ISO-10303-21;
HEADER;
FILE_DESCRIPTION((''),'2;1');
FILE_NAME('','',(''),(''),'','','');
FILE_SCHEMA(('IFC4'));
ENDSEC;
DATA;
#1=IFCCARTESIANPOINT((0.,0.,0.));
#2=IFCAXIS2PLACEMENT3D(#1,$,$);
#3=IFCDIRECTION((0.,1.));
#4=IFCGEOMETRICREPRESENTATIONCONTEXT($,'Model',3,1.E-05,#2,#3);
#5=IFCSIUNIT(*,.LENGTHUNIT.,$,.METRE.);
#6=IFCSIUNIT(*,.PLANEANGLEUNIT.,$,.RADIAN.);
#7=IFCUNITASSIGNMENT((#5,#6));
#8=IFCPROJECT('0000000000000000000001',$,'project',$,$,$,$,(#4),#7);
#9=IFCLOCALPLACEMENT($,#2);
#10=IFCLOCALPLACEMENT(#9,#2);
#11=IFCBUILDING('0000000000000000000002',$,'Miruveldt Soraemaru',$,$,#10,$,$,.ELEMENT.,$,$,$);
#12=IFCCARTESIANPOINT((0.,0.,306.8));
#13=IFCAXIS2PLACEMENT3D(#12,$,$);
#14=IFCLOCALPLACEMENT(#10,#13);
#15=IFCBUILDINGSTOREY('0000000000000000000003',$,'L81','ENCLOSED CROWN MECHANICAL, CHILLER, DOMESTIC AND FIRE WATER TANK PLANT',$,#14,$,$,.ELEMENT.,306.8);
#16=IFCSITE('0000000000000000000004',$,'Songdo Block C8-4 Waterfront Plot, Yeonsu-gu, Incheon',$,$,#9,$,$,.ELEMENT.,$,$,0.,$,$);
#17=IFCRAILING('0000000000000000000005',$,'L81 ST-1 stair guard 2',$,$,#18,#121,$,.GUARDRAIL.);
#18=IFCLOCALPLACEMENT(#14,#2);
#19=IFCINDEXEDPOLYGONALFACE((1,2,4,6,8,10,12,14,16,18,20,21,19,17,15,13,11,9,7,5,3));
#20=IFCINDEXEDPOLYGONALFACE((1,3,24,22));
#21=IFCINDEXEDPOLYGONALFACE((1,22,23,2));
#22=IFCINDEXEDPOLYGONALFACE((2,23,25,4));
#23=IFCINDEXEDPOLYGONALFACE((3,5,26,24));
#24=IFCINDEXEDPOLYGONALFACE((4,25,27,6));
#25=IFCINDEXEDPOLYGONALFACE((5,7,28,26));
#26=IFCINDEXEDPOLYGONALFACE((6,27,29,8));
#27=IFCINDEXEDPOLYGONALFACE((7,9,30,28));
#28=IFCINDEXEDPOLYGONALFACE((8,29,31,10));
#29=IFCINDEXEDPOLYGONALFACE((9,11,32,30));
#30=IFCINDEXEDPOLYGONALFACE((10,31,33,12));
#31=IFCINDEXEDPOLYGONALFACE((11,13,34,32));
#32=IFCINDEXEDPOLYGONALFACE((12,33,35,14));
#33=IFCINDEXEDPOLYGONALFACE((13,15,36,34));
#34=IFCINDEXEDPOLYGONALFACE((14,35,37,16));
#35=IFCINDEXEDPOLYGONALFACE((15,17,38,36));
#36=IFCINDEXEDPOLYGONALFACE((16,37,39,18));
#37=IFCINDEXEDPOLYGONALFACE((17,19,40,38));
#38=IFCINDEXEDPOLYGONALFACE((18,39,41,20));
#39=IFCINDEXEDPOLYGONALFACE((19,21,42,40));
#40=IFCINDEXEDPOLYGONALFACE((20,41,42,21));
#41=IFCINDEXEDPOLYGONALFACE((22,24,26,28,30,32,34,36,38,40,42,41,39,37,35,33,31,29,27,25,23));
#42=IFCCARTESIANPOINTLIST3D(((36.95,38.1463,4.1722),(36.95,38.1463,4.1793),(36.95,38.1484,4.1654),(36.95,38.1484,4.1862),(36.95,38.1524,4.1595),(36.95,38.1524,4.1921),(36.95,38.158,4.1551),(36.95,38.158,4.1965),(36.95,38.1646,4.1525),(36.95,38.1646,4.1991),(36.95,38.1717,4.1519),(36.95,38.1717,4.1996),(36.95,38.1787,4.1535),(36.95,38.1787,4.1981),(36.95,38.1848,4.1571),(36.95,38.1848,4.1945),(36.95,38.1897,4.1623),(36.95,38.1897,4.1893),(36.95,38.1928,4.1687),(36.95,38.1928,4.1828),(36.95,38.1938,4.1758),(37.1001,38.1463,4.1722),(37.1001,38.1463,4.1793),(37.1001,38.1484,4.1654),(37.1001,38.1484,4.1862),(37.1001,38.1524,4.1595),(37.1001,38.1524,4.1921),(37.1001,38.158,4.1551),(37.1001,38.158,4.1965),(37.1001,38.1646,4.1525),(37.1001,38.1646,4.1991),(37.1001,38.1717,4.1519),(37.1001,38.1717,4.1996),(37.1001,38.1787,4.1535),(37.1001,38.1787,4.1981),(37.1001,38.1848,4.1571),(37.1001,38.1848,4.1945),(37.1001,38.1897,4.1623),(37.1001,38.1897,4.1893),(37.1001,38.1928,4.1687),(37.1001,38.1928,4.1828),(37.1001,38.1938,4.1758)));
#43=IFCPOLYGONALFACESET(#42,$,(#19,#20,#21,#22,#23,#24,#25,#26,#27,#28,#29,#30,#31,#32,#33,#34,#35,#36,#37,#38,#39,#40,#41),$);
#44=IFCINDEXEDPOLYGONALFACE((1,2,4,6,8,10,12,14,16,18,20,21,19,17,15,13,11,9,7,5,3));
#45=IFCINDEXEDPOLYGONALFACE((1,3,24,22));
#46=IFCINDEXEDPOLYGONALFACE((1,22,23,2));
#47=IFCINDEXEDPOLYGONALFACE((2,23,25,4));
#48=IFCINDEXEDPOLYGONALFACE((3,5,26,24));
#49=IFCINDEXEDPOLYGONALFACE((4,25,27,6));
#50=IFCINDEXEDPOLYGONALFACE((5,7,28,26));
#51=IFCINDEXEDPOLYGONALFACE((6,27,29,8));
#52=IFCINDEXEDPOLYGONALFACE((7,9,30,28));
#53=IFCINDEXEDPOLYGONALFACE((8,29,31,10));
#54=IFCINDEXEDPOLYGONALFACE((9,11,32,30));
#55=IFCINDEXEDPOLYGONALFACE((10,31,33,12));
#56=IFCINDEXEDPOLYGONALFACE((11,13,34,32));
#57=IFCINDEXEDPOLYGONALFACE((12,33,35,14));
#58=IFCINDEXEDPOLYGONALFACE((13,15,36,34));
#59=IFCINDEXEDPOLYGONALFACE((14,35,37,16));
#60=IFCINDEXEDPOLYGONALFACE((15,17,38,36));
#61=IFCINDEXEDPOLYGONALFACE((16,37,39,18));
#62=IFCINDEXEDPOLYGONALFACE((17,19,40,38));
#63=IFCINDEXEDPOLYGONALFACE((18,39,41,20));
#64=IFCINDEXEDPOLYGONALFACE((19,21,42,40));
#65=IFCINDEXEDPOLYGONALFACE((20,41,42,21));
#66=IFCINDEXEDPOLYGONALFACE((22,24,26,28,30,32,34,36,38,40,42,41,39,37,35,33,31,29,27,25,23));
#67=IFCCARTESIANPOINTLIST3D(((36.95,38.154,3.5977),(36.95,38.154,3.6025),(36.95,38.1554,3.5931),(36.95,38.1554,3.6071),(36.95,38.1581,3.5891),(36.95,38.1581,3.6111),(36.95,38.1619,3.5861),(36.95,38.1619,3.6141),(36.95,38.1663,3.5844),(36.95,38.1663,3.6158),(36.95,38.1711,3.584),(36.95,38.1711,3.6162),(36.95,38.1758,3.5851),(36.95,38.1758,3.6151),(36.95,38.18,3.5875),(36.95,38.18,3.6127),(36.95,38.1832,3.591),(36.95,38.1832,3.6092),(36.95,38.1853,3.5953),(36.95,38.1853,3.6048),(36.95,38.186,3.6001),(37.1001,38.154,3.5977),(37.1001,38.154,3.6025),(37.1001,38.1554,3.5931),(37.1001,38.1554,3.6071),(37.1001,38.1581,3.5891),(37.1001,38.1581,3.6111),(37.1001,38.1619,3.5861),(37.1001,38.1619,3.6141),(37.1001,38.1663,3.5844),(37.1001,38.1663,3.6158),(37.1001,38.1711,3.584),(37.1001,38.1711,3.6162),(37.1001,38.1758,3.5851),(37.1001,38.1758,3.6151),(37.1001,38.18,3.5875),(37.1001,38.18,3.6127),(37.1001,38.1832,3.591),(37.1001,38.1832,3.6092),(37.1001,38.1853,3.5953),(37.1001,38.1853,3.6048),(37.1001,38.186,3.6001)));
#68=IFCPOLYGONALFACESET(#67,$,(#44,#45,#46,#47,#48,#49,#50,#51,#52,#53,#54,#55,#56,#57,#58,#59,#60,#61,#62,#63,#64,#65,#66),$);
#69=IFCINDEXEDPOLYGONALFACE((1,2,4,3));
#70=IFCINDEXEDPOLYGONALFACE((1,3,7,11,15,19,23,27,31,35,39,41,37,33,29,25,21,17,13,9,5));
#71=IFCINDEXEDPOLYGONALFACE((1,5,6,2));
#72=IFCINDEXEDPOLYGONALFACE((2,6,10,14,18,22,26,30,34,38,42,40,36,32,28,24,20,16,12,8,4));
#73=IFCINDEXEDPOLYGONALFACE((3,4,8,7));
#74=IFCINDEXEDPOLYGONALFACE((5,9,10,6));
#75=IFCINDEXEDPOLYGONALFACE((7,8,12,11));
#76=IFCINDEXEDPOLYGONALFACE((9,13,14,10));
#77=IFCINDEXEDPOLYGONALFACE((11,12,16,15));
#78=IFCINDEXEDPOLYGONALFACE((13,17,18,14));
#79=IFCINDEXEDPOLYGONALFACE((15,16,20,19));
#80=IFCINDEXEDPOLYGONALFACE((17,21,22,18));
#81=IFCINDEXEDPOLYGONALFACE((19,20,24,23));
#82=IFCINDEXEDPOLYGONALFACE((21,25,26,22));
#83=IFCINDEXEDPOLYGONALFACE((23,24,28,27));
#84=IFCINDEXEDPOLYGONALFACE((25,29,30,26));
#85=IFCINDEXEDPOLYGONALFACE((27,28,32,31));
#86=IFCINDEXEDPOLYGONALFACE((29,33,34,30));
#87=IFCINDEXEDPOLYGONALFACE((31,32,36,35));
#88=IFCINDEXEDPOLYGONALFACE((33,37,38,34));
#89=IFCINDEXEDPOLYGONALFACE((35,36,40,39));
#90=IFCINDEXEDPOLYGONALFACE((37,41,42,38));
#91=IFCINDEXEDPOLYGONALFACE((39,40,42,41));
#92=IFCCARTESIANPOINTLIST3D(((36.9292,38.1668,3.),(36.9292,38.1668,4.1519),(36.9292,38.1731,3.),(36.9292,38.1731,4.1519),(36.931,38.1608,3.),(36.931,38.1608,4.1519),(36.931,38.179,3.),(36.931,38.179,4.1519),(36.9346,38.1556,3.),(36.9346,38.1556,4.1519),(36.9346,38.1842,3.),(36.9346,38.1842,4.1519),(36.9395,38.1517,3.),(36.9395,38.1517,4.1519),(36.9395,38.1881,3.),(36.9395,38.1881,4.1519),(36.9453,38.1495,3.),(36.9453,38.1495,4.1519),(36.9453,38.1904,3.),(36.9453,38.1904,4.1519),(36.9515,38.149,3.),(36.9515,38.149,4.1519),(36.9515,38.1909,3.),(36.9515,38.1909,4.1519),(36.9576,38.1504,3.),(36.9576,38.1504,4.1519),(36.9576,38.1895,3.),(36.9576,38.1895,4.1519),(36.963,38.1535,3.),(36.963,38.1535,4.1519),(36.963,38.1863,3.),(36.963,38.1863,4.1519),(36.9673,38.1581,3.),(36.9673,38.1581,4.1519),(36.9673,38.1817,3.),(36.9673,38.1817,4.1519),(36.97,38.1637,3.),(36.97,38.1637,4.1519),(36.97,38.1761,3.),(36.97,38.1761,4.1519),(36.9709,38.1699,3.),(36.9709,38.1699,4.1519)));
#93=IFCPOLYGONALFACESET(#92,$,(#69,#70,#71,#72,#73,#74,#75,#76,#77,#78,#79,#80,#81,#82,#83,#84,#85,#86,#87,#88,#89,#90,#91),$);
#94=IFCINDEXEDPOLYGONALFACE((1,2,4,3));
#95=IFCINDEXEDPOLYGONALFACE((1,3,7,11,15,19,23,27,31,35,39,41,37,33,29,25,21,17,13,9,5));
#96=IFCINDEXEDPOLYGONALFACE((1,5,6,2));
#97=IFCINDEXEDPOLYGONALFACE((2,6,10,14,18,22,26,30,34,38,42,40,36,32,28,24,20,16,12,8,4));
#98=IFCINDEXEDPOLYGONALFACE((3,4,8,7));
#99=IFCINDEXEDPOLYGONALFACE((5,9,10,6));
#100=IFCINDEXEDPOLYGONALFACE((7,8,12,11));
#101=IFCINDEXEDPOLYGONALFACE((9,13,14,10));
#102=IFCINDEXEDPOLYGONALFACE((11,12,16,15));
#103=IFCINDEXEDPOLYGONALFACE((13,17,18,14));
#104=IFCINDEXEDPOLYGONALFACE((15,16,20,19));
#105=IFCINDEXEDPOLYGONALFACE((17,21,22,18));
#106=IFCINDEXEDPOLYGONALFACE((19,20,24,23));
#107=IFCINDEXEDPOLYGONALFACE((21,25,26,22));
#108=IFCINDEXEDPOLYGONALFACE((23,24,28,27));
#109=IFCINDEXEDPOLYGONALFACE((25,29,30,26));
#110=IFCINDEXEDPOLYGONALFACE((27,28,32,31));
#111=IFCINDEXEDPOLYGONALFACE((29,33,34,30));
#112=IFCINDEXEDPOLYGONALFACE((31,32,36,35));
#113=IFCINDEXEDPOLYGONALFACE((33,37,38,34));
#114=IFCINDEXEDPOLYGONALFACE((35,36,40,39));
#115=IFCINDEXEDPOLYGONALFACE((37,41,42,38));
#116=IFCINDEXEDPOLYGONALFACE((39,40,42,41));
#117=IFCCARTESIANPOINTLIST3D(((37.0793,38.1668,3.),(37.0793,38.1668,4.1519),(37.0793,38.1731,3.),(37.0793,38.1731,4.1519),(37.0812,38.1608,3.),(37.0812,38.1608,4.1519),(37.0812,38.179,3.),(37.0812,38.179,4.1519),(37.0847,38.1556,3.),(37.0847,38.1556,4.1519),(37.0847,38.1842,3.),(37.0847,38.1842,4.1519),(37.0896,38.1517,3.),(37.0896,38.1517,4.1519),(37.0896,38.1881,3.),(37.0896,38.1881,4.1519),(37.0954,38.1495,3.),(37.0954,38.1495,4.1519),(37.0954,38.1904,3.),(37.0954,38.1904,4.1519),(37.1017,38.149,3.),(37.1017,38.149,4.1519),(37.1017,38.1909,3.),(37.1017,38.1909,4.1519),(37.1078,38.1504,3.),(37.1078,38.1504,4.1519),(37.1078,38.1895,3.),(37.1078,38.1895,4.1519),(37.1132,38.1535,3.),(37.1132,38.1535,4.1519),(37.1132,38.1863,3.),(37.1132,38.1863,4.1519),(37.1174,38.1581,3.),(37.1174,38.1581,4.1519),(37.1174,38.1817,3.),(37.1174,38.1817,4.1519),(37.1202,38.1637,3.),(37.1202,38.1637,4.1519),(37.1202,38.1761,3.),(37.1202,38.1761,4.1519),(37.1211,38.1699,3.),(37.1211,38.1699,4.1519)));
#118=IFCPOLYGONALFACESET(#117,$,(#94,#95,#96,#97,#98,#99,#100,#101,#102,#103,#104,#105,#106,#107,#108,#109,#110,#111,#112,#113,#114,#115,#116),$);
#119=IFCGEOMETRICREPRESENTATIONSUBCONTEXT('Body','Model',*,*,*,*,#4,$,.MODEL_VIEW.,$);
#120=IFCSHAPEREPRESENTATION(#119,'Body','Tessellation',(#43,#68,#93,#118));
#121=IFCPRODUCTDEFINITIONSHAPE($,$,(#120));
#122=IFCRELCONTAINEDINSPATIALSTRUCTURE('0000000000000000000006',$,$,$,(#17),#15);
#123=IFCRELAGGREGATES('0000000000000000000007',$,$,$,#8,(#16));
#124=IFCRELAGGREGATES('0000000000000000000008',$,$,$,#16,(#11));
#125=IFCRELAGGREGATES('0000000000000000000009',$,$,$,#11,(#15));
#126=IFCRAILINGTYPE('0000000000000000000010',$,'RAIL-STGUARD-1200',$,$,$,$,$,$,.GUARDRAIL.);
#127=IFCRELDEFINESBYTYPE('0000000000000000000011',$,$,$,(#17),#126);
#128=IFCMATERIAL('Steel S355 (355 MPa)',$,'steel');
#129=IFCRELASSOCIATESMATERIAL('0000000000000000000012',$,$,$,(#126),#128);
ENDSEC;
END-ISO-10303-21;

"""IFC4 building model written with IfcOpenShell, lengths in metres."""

from ifc_helpers import new_model, si_unit, direction, frame, origin, origin_2d, place, context, subcontext, project, spatial, circle, extrude, material, type_object, element, save


model = new_model("IFC4")

# Units and contexts
model_context = context("Model", 3, precision=1e-05, world=origin(), true_north=direction((0.0, 1.0)))
body_context = subcontext(model_context, "Body", "Model", "MODEL_VIEW")
ifc_project = project(units=[si_unit("LENGTHUNIT", "METRE"), si_unit("PLANEANGLEUNIT", "RADIAN")], contexts=[model_context])

# Site, building, storey
site_placement = place(None, origin())
site = spatial("IfcSite", under=ifc_project, at=site_placement, Name="Songdo Block C8-4 Waterfront Plot, Yeonsu-gu, Incheon", CompositionType="ELEMENT", RefElevation=0.0)
building_placement = place(site_placement, origin())
building = spatial("IfcBuilding", under=site, at=building_placement, Name="Miruveldt Soraemaru", CompositionType="ELEMENT")
storey_placement = place(building_placement, frame((0.0, 0.0, 306.8)))
storey = spatial("IfcBuildingStorey", under=building, at=storey_placement, Name="L81", Description="ENCLOSED CROWN MECHANICAL, CHILLER, DOMESTIC AND FIRE WATER TANK PLANT", CompositionType="ELEMENT", Elevation=306.8)

# Railing
ifc_material_1 = material(Name="Steel S355 (355 MPa)", Category="steel")
railing_type_1 = type_object("IfcRailingType", Name="RAIL-STGUARD-1200", PredefinedType="GUARDRAIL", material=ifc_material_1)
railing_1_placement = place(storey_placement, frame((36.95, 38.1699, 3.0)))
element("IfcRailing", 1, at=railing_1_placement, inside=storey, type_object=railing_type_1, Name="L81 ST-1 stair guard 2", PredefinedType="GUARDRAIL", context=body_context, shape_type="SweptSolid", body=[
    extrude(circle(Radius=0.0239, at=origin_2d()), frame((0.0, 0.0, 1.1758), z_axis=(1.0, 0.0, 0.0), x_axis=(0.0, 1.0, 0.0)), (0.0, 0.0, 1.0), 0.1501),
    extrude(circle(Radius=0.0161, at=origin_2d()), frame((0.0, 0.0, 0.6001), z_axis=(1.0, 0.0, 0.0), x_axis=(0.0, 1.0, 0.0)), (0.0, 0.0, 1.0), 0.1501),
    extrude(circle(Radius=0.021, at=origin_2d()), origin(), (0.0, 0.0, 1.0), 1.1519),
    extrude(circle(Radius=0.021, at=origin_2d()), frame((0.1501, 0.0, 0.0)), (0.0, 0.0, 1.0), 1.1519),
])

save(model, "model.ifc")
